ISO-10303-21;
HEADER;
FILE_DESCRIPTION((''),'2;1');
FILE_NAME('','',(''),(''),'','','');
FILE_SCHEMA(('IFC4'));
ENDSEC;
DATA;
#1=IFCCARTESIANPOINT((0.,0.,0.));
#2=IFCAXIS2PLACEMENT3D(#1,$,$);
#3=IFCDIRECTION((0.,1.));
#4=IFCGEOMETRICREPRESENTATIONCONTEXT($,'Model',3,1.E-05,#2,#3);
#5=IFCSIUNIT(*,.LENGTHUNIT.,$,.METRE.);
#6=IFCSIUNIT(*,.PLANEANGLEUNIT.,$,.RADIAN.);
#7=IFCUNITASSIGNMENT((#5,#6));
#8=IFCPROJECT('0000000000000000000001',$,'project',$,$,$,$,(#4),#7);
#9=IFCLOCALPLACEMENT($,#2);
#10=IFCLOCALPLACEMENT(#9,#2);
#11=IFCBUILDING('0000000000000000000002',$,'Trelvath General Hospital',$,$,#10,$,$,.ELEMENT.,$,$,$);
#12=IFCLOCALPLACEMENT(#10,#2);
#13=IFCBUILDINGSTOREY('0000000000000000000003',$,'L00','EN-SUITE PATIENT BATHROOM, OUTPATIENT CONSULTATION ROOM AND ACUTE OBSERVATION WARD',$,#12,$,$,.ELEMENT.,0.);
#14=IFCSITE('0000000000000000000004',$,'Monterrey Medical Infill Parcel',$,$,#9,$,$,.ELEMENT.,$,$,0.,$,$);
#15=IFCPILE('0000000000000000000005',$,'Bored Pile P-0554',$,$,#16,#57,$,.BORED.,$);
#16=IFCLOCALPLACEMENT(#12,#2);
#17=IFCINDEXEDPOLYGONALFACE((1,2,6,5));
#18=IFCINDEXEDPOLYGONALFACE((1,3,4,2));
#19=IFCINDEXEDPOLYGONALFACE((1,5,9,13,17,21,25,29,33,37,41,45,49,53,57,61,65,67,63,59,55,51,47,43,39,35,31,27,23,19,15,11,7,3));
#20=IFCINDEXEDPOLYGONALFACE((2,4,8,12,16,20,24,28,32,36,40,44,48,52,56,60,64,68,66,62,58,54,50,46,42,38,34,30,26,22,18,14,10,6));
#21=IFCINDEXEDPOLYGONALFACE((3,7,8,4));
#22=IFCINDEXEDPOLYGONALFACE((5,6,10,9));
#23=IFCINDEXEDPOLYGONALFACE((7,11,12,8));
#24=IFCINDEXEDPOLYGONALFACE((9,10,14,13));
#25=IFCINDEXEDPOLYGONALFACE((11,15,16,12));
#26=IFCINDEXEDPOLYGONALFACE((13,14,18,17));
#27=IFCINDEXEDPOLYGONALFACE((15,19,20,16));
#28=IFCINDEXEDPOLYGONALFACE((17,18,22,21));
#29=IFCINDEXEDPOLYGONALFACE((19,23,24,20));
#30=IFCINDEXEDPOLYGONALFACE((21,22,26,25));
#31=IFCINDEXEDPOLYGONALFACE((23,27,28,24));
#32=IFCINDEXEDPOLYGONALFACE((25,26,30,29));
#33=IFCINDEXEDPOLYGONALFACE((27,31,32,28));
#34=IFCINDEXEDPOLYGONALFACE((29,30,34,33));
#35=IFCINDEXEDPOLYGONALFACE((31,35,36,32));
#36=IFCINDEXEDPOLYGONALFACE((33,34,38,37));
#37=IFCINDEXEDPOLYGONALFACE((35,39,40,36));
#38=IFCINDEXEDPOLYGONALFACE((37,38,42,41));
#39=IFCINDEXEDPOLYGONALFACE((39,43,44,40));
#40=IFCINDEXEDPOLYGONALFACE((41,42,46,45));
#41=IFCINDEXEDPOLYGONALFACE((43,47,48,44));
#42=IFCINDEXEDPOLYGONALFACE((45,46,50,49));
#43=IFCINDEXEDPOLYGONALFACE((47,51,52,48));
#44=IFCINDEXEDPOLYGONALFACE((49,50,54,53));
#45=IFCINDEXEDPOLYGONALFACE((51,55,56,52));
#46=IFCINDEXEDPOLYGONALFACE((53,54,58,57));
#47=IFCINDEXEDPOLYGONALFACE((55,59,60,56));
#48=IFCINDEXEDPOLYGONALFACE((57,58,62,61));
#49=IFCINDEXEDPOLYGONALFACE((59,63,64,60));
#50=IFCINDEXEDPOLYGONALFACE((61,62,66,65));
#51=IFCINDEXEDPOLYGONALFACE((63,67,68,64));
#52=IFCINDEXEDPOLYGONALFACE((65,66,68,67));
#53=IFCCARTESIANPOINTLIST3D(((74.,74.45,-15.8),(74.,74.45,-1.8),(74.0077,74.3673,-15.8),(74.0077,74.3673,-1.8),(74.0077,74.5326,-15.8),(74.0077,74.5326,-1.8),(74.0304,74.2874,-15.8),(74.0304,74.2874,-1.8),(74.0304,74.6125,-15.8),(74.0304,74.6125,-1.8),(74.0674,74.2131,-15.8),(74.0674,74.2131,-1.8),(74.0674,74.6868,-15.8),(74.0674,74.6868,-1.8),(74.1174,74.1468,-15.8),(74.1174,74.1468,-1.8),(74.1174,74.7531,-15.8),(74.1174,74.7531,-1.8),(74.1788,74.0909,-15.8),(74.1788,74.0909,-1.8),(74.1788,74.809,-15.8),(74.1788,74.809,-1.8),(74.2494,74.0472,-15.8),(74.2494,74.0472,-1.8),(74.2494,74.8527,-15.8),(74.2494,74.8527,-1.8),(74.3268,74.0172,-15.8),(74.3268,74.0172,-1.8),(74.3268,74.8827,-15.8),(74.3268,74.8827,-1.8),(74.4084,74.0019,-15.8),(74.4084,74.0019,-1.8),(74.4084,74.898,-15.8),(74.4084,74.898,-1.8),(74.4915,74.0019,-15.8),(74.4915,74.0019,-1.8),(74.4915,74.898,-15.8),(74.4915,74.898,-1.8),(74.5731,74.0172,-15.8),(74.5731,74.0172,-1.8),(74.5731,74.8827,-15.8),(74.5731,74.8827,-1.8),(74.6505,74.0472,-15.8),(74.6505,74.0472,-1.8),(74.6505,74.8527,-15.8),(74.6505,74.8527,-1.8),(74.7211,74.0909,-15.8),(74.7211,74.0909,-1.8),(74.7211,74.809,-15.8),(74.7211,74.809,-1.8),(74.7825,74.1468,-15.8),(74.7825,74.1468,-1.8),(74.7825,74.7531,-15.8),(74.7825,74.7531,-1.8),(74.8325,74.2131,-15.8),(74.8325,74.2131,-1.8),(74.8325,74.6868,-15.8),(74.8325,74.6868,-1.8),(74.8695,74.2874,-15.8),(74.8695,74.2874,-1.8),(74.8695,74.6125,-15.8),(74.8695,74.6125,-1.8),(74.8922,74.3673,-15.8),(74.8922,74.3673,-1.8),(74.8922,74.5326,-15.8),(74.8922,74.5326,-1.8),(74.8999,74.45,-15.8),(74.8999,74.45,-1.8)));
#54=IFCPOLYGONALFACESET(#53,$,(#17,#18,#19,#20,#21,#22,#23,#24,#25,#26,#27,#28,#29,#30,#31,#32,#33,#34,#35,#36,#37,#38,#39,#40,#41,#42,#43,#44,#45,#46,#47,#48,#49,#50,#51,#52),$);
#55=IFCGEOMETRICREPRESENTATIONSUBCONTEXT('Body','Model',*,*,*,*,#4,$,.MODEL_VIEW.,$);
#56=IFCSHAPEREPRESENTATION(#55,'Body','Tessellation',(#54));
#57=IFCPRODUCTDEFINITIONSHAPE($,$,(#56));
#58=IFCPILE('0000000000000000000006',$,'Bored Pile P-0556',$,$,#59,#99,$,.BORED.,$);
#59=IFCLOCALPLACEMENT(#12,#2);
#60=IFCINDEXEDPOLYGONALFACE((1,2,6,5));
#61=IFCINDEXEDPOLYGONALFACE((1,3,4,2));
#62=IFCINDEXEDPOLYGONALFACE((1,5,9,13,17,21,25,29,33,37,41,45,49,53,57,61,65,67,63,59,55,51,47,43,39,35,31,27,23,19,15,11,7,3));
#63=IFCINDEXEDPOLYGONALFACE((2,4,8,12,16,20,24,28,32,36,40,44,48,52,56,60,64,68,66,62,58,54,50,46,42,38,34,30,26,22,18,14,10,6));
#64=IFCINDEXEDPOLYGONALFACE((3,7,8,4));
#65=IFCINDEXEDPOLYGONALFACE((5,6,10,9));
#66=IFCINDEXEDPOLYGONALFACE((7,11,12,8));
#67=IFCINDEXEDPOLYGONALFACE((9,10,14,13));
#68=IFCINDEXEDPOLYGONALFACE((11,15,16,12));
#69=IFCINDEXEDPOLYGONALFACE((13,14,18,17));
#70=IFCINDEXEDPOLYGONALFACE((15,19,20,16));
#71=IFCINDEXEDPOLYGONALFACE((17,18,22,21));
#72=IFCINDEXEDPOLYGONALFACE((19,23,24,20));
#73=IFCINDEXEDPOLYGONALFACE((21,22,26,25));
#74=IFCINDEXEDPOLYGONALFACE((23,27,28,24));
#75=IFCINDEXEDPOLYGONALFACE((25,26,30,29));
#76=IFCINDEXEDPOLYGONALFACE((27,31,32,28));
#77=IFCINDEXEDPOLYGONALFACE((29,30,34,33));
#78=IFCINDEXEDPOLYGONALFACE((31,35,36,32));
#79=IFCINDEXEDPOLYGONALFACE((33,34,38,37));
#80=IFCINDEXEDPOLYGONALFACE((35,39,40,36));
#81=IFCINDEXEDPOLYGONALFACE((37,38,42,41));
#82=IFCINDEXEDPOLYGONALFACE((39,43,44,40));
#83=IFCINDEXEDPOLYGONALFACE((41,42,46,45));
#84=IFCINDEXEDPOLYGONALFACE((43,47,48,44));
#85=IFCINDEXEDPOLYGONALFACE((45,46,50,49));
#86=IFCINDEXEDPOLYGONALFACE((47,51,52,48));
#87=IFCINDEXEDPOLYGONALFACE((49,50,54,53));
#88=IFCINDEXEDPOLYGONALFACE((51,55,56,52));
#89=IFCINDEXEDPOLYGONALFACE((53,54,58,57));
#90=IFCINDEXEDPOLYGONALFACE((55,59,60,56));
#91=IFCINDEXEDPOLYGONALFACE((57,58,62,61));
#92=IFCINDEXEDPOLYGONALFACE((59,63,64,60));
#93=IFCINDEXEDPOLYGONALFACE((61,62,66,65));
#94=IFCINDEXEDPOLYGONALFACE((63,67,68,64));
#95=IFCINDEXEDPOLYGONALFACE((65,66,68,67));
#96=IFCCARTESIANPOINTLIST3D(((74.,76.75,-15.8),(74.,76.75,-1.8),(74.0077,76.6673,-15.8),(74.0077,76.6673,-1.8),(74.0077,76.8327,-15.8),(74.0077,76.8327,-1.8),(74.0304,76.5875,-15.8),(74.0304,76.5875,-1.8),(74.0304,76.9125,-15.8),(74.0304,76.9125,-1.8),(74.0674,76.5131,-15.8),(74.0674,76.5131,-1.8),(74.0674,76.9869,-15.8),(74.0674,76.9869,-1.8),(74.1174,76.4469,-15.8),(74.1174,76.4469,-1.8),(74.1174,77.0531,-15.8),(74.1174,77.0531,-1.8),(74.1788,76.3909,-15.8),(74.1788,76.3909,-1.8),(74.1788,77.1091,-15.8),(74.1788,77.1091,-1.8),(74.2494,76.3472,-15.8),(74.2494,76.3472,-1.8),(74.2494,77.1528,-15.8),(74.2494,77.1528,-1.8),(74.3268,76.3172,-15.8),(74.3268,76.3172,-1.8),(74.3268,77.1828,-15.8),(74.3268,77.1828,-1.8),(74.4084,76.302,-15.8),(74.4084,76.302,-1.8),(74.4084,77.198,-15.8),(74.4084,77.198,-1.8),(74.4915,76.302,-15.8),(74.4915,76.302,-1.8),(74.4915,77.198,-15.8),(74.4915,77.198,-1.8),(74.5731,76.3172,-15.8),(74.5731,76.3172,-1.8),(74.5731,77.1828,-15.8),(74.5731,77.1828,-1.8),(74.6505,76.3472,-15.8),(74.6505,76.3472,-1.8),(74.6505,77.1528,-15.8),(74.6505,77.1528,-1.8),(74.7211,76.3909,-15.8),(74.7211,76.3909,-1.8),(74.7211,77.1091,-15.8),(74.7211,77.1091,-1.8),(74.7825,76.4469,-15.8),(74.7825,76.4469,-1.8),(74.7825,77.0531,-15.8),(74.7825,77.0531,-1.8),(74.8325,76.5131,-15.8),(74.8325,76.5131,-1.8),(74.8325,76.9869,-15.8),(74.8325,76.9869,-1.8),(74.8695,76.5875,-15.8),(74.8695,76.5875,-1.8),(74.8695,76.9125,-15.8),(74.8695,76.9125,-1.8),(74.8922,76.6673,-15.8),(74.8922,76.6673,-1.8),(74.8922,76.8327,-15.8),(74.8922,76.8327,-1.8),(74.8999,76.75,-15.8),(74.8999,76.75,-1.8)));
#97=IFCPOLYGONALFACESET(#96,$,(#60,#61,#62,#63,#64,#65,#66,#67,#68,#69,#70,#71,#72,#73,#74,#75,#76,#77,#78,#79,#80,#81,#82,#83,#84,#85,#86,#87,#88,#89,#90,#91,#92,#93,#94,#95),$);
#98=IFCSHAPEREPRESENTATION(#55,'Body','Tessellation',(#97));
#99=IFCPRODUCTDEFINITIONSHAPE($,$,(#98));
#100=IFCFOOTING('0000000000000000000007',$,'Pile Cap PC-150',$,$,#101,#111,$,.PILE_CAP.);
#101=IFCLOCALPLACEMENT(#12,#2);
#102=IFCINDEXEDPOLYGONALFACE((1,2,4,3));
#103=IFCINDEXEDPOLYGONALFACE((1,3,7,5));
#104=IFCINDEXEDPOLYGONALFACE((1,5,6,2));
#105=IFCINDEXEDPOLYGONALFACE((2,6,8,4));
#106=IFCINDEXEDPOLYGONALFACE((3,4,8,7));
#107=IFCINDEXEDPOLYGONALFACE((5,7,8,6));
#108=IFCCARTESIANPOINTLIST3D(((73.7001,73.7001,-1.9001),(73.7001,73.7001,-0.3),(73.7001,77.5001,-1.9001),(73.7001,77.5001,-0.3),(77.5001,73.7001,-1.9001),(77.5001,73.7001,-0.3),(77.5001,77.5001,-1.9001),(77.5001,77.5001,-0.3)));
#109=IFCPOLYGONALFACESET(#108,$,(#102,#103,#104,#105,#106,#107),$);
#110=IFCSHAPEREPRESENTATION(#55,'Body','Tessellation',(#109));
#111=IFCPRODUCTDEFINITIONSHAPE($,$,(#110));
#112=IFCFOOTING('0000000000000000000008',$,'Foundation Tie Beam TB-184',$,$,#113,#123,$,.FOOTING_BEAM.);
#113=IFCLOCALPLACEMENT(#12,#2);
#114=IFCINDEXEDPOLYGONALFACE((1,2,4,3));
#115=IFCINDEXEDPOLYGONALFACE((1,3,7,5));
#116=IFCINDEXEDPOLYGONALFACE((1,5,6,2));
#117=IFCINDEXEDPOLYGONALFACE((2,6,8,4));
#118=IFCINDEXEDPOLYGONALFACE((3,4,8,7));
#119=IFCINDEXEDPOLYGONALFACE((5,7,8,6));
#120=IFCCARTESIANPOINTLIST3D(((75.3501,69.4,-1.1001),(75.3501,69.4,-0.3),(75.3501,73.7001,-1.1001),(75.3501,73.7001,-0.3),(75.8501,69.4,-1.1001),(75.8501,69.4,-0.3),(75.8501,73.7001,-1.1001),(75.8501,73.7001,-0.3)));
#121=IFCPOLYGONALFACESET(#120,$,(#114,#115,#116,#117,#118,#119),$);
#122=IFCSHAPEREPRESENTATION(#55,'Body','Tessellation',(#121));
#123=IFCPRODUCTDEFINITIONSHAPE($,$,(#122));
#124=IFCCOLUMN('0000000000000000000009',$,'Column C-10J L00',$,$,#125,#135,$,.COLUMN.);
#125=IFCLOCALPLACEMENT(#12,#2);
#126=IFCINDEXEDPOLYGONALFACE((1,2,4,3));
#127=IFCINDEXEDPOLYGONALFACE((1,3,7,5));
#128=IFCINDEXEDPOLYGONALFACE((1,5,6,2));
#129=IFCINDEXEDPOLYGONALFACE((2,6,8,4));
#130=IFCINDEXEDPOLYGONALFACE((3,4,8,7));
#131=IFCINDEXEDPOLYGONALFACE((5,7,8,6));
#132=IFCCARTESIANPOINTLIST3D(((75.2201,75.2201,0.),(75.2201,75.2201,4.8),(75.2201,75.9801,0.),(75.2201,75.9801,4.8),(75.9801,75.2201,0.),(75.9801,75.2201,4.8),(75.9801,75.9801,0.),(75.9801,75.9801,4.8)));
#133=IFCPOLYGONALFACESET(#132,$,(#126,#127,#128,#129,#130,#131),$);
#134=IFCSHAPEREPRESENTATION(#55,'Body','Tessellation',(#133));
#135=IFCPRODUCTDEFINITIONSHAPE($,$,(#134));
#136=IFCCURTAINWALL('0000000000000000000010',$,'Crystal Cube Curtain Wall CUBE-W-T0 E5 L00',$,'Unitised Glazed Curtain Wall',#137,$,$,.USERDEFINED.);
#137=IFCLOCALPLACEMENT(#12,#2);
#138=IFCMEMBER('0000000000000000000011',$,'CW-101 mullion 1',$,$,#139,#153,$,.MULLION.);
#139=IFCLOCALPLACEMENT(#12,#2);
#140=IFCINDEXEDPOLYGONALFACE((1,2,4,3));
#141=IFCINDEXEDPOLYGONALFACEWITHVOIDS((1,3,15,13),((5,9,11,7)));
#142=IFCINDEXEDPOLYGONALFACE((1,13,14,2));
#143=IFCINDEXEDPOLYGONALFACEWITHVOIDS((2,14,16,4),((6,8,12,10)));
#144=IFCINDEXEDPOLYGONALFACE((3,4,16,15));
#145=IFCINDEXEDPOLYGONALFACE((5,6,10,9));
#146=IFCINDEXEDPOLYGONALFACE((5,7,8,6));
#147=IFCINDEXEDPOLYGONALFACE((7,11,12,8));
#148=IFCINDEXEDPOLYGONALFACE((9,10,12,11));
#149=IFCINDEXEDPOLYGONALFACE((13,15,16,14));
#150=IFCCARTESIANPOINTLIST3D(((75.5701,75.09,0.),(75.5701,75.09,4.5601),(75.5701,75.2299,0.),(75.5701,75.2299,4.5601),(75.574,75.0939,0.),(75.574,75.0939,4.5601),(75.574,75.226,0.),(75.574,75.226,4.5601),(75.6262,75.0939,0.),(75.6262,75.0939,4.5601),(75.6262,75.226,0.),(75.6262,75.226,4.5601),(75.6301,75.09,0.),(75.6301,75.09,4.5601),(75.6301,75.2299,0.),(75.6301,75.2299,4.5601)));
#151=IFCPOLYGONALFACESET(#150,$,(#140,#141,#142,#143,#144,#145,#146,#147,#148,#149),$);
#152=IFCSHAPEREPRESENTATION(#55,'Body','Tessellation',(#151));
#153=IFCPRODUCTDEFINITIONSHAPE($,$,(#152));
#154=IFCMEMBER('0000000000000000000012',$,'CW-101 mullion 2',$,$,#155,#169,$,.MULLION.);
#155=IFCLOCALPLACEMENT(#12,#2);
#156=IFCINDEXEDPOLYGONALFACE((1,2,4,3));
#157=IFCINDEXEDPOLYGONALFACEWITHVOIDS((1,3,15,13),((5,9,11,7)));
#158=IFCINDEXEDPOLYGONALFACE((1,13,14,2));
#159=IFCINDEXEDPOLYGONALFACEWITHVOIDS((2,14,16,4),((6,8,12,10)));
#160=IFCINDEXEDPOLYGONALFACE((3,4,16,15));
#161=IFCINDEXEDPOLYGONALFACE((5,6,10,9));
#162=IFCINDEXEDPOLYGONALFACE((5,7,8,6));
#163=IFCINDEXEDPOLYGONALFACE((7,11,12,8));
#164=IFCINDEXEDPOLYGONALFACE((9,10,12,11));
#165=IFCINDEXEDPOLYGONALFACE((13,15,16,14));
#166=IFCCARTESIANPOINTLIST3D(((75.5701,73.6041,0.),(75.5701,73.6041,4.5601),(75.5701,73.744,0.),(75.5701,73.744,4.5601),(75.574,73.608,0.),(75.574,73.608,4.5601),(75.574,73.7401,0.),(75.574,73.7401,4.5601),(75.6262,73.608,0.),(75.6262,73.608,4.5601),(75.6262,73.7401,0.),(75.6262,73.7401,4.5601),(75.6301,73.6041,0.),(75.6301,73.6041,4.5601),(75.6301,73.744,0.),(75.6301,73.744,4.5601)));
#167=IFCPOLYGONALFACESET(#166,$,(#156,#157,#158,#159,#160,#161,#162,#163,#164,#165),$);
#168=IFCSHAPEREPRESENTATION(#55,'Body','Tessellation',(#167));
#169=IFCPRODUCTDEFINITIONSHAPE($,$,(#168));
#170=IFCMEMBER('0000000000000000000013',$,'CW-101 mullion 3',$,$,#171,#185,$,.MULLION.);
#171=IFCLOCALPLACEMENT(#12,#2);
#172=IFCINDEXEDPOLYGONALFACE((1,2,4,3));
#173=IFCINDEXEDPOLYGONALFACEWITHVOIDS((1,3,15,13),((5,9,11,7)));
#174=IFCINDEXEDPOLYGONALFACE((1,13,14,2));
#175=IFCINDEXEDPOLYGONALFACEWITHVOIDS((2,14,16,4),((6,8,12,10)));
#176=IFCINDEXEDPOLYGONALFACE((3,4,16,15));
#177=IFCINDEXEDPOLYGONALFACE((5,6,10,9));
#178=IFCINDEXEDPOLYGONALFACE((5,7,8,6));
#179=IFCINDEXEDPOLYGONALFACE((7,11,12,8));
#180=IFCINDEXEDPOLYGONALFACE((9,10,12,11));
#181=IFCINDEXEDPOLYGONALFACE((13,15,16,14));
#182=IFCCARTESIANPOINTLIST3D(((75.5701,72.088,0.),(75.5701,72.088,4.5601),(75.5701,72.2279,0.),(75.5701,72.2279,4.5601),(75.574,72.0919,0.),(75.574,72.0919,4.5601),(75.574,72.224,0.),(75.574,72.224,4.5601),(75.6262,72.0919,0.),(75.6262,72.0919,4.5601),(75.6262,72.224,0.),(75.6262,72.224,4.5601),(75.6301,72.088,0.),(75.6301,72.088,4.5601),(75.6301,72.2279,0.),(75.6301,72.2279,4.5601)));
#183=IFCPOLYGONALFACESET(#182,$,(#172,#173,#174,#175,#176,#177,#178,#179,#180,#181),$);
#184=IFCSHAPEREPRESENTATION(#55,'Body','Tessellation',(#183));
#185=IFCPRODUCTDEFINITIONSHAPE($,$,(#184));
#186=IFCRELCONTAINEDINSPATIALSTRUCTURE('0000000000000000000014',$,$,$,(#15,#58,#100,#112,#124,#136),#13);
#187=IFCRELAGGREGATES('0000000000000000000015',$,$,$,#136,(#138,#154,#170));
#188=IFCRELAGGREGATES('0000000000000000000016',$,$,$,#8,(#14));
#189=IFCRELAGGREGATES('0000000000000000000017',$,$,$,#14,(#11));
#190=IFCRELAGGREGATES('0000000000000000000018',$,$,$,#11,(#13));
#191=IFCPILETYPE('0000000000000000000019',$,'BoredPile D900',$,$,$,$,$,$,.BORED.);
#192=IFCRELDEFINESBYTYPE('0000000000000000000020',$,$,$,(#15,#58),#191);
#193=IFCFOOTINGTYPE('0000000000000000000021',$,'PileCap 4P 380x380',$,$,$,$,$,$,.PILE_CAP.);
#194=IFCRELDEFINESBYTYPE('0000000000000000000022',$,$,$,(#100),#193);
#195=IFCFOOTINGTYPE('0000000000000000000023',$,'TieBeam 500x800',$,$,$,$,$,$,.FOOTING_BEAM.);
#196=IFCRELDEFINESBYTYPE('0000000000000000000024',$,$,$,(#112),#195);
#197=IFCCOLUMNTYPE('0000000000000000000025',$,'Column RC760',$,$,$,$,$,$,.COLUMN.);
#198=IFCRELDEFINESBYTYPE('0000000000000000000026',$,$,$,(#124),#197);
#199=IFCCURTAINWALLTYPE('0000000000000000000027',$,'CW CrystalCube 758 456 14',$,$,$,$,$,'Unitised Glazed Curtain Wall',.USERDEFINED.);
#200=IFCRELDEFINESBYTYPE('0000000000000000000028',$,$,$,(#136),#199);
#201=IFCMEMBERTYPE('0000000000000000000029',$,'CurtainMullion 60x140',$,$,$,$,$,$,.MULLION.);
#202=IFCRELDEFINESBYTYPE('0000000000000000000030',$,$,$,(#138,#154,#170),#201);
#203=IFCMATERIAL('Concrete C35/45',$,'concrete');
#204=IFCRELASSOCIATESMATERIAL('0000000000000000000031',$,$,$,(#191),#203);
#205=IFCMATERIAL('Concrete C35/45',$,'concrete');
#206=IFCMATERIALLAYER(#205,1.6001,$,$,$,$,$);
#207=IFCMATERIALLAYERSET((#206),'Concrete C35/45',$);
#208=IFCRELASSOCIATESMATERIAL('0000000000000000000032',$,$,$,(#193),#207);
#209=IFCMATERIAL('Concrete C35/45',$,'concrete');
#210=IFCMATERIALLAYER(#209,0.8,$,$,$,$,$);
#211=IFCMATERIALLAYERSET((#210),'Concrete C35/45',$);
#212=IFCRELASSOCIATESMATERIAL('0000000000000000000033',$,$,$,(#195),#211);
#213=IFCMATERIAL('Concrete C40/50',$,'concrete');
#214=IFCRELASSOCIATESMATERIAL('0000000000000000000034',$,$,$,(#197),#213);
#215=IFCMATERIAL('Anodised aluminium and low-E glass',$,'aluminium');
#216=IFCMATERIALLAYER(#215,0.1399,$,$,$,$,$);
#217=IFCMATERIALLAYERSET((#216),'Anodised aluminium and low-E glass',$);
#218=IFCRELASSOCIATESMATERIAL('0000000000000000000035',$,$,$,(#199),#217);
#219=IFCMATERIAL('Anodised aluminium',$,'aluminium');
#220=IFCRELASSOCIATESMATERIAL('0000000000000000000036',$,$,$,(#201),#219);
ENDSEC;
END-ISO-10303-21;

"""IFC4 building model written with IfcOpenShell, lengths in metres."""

from ifc_helpers import new_model, si_unit, direction, frame, origin, origin_2d, place, context, subcontext, project, spatial, rectangle, hollow_rectangle, circle, extrude, material, layer, layer_set, material_profile, profile_set, type_object, element, aggregate, save


model = new_model("IFC4")

# Units and contexts
model_context = context("Model", 3, precision=1e-05, world=origin(), true_north=direction((0.0, 1.0)))
body_context = subcontext(model_context, "Body", "Model", "MODEL_VIEW")
ifc_project = project(units=[si_unit("LENGTHUNIT", "METRE"), si_unit("PLANEANGLEUNIT", "RADIAN")], contexts=[model_context])

# Site, building, storey
site_placement = place(None, origin())
site = spatial("IfcSite", under=ifc_project, at=site_placement, Name="Monterrey Medical Infill Parcel", CompositionType="ELEMENT", RefElevation=0.0)
building_placement = place(site_placement, origin())
building = spatial("IfcBuilding", under=site, at=building_placement, Name="Trelvath General Hospital", CompositionType="ELEMENT")
storey_placement = place(building_placement, origin())
storey = spatial("IfcBuildingStorey", under=building, at=storey_placement, Name="L00", Description="EN-SUITE PATIENT BATHROOM, OUTPATIENT CONSULTATION ROOM AND ACUTE OBSERVATION WARD", CompositionType="ELEMENT", Elevation=0.0)

# Piles
ifc_material_1 = material(Name="Concrete C35/45", Category="concrete")
ifc_material_profile_1 = material_profile(ifc_material_1, circle(Radius=0.45, at=origin_2d()), Name="PILE900")
ifc_profile_set_1 = profile_set([ifc_material_profile_1], Name="Concrete C35/45")
pile_type = type_object("IfcPileType", Name="BoredPile D900", PredefinedType="BORED", material=ifc_profile_set_1)
for number, where, z_axis, x_axis, name in (
    (1, (74.45, 74.45, -1.8), (0.0, 0.0, -1.0), (1.0, 0.0, 0.0), "Bored Pile P-0554"),
    (2, (74.45, 76.75, -1.8), (0.0, 0.0, -1.0), (1.0, 0.0, 0.0), "Bored Pile P-0556"),
):
    element("IfcPile", number, at=place(storey_placement, frame(where, z_axis=z_axis, x_axis=x_axis)), inside=storey, type_object=pile_type, Name=name, PredefinedType="BORED", context=body_context, shape_type="SweptSolid", body=[
        extrude(circle(Radius=0.45, at=origin_2d()), origin(), (0.0, 0.0, 1.0), 14.0),
    ])

# Footings
ifc_material_2 = material(Name="Concrete C35/45", Category="concrete")
ifc_layer_1 = layer(ifc_material_2, 1.6001)
ifc_layer_set_1 = layer_set([ifc_layer_1], Name="Concrete C35/45")
footing_type_1 = type_object("IfcFootingType", Name="PileCap 4P 380x380", PredefinedType="PILE_CAP", material=ifc_layer_set_1)
footing_1_placement = place(storey_placement, frame((75.6001, 75.6001, -1.9001), z_axis=(0.0, 0.0, 1.0), x_axis=(1.0, 0.0, 0.0)))
element("IfcFooting", 3, at=footing_1_placement, inside=storey, type_object=footing_type_1, Name="Pile Cap PC-150", PredefinedType="PILE_CAP", context=body_context, shape_type="SweptSolid", body=[
    extrude(rectangle(XDim=3.8, YDim=3.8, at=origin_2d()), origin(), (0.0, 0.0, 1.0), 1.6001),
])
ifc_material_3 = material(Name="Concrete C35/45", Category="concrete")
ifc_layer_2 = layer(ifc_material_3, 0.8)
ifc_layer_set_2 = layer_set([ifc_layer_2], Name="Concrete C35/45")
footing_type_2 = type_object("IfcFootingType", Name="TieBeam 500x800", PredefinedType="FOOTING_BEAM", material=ifc_layer_set_2)
footing_2_placement = place(storey_placement, frame((75.6001, 71.55, -1.1001), z_axis=(0.0, 0.0, 1.0), x_axis=(1.0, 0.0, 0.0)))
element("IfcFooting", 4, at=footing_2_placement, inside=storey, type_object=footing_type_2, Name="Foundation Tie Beam TB-184", PredefinedType="FOOTING_BEAM", context=body_context, shape_type="SweptSolid", body=[
    extrude(rectangle(XDim=0.5, YDim=4.3, at=origin_2d()), origin(), (0.0, 0.0, 1.0), 0.8),
])

# Column
ifc_material_4 = material(Name="Concrete C40/50", Category="concrete")
ifc_material_profile_2 = material_profile(ifc_material_4, rectangle(XDim=0.76, YDim=0.76, at=origin_2d()), Name="RC760x760")
ifc_profile_set_2 = profile_set([ifc_material_profile_2], Name="Concrete C40/50")
column_type = type_object("IfcColumnType", Name="Column RC760", PredefinedType="COLUMN", material=ifc_profile_set_2)
column_placement = place(storey_placement, frame((75.6001, 75.6001, 0.0), z_axis=(0.0, 0.0, 1.0), x_axis=(1.0, 0.0, 0.0)))
element("IfcColumn", 5, at=column_placement, inside=storey, type_object=column_type, Name="Column C-10J L00", PredefinedType="COLUMN", context=body_context, shape_type="SweptSolid", body=[
    extrude(rectangle(XDim=0.76, YDim=0.76, at=origin_2d()), origin(), (0.0, 0.0, 1.0), 4.8),
])

# Curtain wall, members
ifc_material_5 = material(Name="Anodised aluminium and low-E glass", Category="aluminium")
ifc_layer_3 = layer(ifc_material_5, 0.1399)
ifc_layer_set_3 = layer_set([ifc_layer_3], Name="Anodised aluminium and low-E glass")
curtain_wall_type = type_object("IfcCurtainWallType", Name="CW CrystalCube 758 456 14", ElementType="Unitised Glazed Curtain Wall", PredefinedType="USERDEFINED", material=ifc_layer_set_3)
curtain_wall_placement = place(storey_placement, origin())
curtain_wall = element("IfcCurtainWall", 6, at=curtain_wall_placement, inside=storey, type_object=curtain_wall_type, Name="Crystal Cube Curtain Wall CUBE-W-T0 E5 L00", ObjectType="Unitised Glazed Curtain Wall", PredefinedType="USERDEFINED")
ifc_material_6 = material(Name="Anodised aluminium", Category="aluminium")
ifc_material_profile_3 = material_profile(ifc_material_6, hollow_rectangle(XDim=0.0601, YDim=0.1399, WallThickness=0.0039, at=origin_2d()), Name="RHS60x140x4")
ifc_profile_set_3 = profile_set([ifc_material_profile_3], Name="Anodised aluminium")
member_type_1 = type_object("IfcMemberType", Name="CurtainMullion 60x140", PredefinedType="MULLION", material=ifc_profile_set_3)
member_1_placement = place(storey_placement, frame((75.6001, 75.1599, 0.0), z_axis=(0.0, 0.0, 1.0), x_axis=(1.0, 0.0, 0.0)))
member_1 = element("IfcMember", 7, at=member_1_placement, type_object=member_type_1, Name="CW-101 mullion 1", PredefinedType="MULLION", context=body_context, shape_type="SweptSolid", body=[
    extrude(hollow_rectangle(XDim=0.0601, YDim=0.1399, WallThickness=0.0039, at=origin_2d()), origin(), (0.0, 0.0, 1.0), 4.5601),
])
member_2_placement = place(storey_placement, frame((75.6001, 73.6741, 0.0), z_axis=(0.0, 0.0, 1.0), x_axis=(1.0, 0.0, 0.0)))
member_2 = element("IfcMember", 8, at=member_2_placement, type_object=member_type_1, Name="CW-101 mullion 2", PredefinedType="MULLION", context=body_context, shape_type="SweptSolid", body=[
    extrude(hollow_rectangle(XDim=0.0601, YDim=0.1399, WallThickness=0.0039, at=origin_2d()), origin(), (0.0, 0.0, 1.0), 4.5601),
])
member_3_placement = place(storey_placement, frame((75.6001, 72.158, 0.0), z_axis=(0.0, 0.0, 1.0), x_axis=(1.0, 0.0, 0.0)))
member_3 = element("IfcMember", 9, at=member_3_placement, type_object=member_type_1, Name="CW-101 mullion 3", PredefinedType="MULLION", context=body_context, shape_type="SweptSolid", body=[
    extrude(hollow_rectangle(XDim=0.0601, YDim=0.1399, WallThickness=0.0039, at=origin_2d()), origin(), (0.0, 0.0, 1.0), 4.5601),
])
aggregate(curtain_wall, [member_1, member_2, member_3])

save(model, "model.ifc")
